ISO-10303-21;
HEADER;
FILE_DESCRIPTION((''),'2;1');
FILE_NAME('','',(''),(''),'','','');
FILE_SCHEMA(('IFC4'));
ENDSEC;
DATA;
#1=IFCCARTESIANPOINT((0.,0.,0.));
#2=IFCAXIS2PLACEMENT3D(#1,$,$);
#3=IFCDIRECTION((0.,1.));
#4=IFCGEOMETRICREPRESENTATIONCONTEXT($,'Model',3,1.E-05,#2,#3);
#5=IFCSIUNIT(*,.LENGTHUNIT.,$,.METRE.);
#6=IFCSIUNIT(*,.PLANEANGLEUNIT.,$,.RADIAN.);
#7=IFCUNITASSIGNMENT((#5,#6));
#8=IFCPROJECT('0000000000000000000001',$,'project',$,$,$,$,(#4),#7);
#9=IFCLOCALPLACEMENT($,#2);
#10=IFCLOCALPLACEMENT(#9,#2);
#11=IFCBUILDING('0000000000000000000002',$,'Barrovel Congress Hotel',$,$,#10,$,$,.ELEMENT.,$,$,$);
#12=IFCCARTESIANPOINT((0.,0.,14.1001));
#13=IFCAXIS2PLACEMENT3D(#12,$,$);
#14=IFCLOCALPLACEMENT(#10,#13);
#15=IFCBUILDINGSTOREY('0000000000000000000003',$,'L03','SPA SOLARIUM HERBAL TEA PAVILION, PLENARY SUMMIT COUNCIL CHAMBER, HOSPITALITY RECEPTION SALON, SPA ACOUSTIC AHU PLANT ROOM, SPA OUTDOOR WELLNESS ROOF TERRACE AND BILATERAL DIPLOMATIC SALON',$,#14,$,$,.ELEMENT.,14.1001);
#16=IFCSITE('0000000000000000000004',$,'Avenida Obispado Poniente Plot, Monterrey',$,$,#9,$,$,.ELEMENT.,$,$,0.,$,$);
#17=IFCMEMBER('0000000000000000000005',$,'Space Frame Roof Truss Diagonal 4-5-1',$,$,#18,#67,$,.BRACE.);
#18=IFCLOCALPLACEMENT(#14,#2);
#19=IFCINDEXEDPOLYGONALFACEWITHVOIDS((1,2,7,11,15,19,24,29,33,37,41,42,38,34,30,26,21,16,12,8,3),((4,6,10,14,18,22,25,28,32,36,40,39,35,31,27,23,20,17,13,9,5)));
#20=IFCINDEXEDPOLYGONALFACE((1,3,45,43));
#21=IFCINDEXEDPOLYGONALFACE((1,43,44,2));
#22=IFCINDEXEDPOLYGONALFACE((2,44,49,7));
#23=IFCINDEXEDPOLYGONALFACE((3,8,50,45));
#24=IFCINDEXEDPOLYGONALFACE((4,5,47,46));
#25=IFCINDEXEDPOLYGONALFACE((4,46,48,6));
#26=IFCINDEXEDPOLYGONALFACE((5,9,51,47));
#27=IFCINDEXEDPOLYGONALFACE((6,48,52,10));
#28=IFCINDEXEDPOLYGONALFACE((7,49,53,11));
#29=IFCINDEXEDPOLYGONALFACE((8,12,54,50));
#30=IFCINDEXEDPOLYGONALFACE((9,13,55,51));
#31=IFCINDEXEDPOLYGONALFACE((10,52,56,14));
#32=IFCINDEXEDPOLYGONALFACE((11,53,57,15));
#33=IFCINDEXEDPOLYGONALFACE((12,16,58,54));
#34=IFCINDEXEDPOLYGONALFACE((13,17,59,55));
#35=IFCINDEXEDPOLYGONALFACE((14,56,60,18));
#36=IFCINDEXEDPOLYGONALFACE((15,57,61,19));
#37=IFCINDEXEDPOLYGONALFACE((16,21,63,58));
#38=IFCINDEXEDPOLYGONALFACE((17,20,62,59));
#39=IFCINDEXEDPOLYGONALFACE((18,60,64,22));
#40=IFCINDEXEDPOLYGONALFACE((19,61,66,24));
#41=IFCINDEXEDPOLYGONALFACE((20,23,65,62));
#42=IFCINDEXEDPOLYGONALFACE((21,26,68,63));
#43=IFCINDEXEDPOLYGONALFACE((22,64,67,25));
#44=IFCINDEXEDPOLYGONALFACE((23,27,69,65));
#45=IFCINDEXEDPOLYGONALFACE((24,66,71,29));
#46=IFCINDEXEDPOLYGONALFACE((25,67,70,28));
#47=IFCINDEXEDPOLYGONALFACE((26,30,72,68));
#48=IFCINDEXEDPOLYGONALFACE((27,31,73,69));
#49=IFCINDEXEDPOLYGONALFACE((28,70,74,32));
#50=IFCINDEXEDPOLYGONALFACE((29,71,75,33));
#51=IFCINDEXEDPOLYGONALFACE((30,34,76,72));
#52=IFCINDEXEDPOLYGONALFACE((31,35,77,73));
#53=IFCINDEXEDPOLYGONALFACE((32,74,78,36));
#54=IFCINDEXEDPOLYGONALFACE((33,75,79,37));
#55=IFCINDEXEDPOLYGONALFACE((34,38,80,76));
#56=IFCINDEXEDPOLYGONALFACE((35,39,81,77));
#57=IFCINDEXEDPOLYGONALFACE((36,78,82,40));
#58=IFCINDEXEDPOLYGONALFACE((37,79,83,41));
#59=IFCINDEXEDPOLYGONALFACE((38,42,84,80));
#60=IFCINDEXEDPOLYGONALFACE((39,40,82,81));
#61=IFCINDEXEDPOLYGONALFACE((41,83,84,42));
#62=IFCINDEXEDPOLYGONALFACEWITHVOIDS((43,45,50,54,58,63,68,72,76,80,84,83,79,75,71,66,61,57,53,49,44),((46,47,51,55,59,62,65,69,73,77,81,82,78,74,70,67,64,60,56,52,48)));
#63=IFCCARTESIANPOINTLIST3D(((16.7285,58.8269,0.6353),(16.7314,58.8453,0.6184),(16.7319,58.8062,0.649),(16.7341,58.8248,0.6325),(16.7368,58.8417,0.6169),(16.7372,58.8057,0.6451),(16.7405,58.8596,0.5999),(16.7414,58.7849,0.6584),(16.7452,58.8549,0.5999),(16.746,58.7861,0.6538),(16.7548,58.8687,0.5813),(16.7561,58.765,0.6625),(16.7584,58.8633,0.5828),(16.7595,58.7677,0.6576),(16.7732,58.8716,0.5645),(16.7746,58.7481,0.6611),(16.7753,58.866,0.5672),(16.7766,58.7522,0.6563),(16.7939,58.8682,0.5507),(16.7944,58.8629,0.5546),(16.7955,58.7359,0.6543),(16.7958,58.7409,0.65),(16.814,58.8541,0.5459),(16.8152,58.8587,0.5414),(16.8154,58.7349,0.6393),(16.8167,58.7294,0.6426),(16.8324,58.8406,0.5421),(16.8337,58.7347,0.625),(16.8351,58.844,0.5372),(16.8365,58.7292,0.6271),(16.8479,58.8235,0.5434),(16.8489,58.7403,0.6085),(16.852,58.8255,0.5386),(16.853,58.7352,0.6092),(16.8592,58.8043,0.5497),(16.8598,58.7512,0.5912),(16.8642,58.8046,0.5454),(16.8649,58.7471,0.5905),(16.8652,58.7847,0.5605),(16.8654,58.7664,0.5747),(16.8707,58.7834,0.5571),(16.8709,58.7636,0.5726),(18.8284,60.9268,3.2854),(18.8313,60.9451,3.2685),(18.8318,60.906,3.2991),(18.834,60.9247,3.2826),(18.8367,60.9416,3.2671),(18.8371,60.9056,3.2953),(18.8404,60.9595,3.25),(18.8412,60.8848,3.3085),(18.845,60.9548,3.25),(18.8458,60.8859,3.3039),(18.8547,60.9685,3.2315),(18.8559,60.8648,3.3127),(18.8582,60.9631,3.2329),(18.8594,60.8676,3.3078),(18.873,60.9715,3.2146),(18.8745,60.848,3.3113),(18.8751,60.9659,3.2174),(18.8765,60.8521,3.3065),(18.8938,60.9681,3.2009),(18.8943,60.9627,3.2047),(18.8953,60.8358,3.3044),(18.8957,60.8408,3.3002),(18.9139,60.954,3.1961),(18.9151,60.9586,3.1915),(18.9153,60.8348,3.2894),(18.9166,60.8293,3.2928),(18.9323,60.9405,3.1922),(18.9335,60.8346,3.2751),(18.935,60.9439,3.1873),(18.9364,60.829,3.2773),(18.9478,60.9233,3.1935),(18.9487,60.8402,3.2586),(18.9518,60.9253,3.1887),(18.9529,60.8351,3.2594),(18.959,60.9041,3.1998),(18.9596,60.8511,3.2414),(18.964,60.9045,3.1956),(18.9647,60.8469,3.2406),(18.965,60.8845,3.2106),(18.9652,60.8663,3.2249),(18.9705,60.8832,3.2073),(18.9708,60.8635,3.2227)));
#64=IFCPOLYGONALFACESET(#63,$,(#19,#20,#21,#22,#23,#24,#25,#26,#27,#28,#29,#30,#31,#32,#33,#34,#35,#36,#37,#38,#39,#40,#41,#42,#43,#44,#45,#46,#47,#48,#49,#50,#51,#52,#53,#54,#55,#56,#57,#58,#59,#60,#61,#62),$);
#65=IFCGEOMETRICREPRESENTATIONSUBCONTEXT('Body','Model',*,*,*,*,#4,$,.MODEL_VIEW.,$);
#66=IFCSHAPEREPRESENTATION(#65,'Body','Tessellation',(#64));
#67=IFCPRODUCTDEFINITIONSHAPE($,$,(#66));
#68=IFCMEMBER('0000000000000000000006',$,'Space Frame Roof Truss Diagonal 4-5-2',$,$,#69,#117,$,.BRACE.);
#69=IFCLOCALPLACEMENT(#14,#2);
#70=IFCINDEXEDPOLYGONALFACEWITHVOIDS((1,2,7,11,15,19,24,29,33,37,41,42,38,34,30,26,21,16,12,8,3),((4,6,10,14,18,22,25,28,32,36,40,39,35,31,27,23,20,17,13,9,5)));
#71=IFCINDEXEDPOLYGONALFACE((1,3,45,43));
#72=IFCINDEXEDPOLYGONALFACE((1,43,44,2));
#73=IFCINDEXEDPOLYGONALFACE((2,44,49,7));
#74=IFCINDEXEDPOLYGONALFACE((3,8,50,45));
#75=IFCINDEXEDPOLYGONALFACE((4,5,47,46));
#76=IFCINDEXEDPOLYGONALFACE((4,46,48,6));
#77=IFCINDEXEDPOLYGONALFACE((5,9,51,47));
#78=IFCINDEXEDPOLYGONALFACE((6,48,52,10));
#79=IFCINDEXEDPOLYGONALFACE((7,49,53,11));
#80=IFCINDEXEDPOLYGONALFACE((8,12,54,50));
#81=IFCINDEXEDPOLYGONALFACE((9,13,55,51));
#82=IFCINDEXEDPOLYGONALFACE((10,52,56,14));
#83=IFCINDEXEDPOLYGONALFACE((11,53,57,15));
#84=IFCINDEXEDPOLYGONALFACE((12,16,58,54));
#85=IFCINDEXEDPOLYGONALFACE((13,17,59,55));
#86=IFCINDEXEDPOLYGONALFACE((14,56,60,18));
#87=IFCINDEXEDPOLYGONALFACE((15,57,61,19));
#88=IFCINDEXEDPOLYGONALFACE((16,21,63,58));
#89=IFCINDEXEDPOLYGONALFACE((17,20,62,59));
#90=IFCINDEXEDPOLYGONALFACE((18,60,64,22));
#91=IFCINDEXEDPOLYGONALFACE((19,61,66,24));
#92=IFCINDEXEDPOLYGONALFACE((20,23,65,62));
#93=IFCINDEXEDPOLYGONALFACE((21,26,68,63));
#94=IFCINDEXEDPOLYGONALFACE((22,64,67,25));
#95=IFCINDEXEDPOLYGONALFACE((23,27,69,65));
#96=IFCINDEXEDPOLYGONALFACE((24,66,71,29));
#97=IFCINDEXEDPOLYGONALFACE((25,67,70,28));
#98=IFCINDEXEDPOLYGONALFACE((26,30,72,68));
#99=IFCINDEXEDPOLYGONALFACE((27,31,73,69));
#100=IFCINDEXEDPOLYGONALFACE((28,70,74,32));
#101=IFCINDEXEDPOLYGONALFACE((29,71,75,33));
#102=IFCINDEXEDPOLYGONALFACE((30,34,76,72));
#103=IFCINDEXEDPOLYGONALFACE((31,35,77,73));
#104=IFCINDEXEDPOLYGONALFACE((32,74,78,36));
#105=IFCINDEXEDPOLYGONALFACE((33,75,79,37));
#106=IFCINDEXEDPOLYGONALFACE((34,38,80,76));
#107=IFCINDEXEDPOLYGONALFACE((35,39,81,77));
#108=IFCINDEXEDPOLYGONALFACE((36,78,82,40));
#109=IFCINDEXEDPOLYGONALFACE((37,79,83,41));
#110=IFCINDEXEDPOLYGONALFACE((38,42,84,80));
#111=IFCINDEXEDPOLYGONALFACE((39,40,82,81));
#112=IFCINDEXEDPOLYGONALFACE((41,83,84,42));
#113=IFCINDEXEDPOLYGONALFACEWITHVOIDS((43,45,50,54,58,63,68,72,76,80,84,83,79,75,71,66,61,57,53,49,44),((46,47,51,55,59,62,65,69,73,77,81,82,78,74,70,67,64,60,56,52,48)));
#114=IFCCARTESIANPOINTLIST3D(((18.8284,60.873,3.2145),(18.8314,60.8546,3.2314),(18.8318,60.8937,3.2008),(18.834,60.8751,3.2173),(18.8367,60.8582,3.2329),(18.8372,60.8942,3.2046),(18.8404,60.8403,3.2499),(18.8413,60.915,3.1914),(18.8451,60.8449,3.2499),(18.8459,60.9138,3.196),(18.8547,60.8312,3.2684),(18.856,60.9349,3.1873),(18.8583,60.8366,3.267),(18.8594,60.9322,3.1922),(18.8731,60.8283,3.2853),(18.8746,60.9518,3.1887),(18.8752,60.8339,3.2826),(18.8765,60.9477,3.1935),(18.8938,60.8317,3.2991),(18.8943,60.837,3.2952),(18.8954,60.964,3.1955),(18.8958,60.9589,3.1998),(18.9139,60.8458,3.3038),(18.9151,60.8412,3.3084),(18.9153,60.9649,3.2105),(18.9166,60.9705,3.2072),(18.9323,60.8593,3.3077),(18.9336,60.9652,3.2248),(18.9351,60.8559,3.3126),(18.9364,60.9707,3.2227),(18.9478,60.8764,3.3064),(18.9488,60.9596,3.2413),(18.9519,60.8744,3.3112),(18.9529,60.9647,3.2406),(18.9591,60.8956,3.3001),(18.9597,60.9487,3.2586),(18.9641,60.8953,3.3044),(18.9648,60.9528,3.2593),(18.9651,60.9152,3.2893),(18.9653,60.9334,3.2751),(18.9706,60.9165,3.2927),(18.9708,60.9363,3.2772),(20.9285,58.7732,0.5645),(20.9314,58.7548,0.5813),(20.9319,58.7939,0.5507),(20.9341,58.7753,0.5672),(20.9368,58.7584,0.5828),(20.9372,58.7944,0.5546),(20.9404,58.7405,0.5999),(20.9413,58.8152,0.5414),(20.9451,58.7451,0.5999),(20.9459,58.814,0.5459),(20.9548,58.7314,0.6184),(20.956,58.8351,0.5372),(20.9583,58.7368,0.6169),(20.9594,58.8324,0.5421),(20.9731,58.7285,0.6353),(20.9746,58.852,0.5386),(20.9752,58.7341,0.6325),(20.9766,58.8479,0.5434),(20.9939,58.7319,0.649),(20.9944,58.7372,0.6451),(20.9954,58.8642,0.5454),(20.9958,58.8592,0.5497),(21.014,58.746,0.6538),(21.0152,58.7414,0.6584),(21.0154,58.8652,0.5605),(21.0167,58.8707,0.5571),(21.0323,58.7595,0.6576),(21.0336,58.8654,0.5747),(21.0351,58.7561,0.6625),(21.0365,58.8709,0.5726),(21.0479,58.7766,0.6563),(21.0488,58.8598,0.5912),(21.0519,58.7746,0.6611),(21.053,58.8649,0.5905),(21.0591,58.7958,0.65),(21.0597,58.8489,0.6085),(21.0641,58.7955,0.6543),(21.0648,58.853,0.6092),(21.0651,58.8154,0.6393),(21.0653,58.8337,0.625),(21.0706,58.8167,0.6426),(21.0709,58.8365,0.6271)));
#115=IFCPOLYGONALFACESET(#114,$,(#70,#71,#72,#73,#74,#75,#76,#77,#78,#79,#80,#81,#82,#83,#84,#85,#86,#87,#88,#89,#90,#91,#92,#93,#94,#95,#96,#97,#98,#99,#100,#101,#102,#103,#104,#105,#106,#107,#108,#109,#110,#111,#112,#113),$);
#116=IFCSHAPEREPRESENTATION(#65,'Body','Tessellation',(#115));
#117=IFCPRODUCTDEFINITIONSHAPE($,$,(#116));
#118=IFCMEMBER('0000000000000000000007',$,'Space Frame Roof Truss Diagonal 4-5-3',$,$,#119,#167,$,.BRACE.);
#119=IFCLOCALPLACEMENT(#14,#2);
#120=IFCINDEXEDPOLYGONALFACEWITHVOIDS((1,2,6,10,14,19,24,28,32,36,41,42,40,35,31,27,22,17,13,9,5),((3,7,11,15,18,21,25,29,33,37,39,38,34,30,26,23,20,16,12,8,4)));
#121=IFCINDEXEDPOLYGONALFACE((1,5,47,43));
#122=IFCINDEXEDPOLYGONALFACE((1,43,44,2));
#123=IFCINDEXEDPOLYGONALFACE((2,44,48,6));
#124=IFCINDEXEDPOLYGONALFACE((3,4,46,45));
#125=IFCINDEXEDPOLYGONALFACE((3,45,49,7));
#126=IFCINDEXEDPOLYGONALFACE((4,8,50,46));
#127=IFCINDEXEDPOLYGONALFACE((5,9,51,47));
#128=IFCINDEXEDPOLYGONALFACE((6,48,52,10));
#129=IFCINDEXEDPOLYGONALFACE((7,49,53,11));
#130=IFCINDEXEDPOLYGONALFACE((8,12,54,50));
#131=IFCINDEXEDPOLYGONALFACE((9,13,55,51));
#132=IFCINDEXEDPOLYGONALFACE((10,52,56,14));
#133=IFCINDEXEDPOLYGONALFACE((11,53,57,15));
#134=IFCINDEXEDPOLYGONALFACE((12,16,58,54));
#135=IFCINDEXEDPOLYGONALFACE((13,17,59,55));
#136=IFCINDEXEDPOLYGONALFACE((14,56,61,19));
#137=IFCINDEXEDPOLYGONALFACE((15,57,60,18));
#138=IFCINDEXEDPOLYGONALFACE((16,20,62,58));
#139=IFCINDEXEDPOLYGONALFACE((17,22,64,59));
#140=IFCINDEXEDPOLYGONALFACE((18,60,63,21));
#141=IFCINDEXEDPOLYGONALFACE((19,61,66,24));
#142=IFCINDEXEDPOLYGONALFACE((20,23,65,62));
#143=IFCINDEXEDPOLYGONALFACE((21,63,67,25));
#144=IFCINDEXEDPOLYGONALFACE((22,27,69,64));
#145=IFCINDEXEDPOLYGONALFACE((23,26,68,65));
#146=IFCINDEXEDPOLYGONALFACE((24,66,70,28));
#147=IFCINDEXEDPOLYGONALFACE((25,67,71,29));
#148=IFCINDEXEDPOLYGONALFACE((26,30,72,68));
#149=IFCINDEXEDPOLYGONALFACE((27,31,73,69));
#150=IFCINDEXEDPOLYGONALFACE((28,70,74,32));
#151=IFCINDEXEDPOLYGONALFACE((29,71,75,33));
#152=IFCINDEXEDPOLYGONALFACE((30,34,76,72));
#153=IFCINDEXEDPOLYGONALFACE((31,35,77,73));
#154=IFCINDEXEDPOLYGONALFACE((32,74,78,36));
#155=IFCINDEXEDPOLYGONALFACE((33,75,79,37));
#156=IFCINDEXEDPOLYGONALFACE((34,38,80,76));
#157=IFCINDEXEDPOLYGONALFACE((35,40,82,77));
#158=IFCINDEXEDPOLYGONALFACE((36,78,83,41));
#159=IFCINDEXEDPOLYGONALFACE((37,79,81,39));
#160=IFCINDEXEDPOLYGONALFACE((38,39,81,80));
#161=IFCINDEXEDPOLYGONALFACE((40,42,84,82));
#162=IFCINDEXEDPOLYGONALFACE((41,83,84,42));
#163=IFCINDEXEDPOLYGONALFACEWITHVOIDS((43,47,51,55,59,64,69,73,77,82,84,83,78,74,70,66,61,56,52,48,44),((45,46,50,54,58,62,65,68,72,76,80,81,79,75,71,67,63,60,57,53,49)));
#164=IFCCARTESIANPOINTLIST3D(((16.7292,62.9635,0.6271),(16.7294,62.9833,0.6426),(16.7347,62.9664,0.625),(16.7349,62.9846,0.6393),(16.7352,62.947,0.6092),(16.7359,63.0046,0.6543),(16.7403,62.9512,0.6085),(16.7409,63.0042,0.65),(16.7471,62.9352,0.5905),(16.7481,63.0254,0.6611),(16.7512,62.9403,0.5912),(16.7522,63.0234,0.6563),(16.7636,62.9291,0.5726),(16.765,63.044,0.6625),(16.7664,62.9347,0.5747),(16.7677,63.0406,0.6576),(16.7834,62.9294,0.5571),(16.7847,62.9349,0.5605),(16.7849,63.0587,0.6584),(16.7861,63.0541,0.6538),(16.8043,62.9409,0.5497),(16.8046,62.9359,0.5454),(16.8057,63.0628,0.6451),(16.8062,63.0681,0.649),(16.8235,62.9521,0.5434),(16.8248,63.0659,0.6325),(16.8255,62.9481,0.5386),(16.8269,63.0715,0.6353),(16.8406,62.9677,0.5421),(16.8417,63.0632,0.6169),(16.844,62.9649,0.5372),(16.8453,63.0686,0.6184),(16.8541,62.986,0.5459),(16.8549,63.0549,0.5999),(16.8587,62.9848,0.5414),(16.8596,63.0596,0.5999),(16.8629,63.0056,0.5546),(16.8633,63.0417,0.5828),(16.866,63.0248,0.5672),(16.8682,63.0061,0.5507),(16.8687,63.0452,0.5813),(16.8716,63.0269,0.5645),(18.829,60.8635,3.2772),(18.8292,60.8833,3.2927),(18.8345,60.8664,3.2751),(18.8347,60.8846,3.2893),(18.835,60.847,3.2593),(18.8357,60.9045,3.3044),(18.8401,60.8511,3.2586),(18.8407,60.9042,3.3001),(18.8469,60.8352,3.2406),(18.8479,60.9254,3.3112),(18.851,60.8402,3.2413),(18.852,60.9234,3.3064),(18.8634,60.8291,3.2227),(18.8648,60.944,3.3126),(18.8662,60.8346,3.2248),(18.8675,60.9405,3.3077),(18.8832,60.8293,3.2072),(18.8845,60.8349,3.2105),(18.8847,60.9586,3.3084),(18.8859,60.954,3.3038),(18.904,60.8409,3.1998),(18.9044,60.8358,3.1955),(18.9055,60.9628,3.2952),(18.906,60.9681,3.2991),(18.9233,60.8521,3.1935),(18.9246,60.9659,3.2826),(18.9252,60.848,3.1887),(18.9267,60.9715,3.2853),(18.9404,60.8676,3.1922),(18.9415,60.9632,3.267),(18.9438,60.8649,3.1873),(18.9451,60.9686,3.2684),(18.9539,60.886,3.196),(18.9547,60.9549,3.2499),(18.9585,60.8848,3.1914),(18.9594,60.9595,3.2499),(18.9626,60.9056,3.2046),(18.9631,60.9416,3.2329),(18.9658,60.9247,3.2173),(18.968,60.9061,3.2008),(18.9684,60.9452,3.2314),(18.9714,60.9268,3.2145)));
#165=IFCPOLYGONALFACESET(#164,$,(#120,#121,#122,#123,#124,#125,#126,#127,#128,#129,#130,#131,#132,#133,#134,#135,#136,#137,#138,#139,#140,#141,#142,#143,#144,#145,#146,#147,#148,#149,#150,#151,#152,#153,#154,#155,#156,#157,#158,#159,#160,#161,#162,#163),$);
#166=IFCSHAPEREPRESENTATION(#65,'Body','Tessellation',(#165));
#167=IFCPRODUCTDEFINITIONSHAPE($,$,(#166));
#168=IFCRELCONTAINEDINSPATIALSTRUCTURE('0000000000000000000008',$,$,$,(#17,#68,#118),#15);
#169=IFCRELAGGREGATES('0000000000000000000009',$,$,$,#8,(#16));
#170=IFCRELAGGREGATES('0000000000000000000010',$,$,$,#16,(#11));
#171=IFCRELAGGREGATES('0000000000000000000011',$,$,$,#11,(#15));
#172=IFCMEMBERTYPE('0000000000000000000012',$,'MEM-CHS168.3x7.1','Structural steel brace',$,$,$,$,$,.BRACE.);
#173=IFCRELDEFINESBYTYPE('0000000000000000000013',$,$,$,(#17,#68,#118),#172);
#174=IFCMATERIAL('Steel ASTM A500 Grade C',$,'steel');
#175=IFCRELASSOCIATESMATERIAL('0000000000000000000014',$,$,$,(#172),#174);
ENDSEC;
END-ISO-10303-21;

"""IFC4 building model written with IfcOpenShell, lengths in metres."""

from ifc_helpers import new_model, si_unit, direction, frame, origin, origin_2d, place, context, subcontext, project, spatial, hollow_circle, extrude, material, material_profile, profile_set, type_object, element, save


model = new_model("IFC4")

# Units and contexts
model_context = context("Model", 3, precision=1e-05, world=origin(), true_north=direction((0.0, 1.0)))
body_context = subcontext(model_context, "Body", "Model", "MODEL_VIEW")
ifc_project = project(units=[si_unit("LENGTHUNIT", "METRE"), si_unit("PLANEANGLEUNIT", "RADIAN")], contexts=[model_context])

# Site, building, storey
site_placement = place(None, origin())
site = spatial("IfcSite", under=ifc_project, at=site_placement, Name="Avenida Obispado Poniente Plot, Monterrey", CompositionType="ELEMENT", RefElevation=0.0)
building_placement = place(site_placement, origin())
building = spatial("IfcBuilding", under=site, at=building_placement, Name="Barrovel Congress Hotel", CompositionType="ELEMENT")
storey_placement = place(building_placement, frame((0.0, 0.0, 14.1001)))
storey = spatial("IfcBuildingStorey", under=building, at=storey_placement, Name="L03", Description="SPA SOLARIUM HERBAL TEA PAVILION, PLENARY SUMMIT COUNCIL CHAMBER, HOSPITALITY RECEPTION SALON, SPA ACOUSTIC AHU PLANT ROOM, SPA OUTDOOR WELLNESS ROOF TERRACE AND BILATERAL DIPLOMATIC SALON", CompositionType="ELEMENT", Elevation=14.1001)

# Members
ifc_material_1 = material(Name="Steel ASTM A500 Grade C", Category="steel")
ifc_material_profile_1 = material_profile(ifc_material_1, hollow_circle(Radius=0.0842, WallThickness=0.0066, at=origin_2d()), Name="CHS168.3x7.1")
ifc_profile_set_1 = profile_set([ifc_material_profile_1], Name="Steel ASTM A500 Grade C")
member_type_1 = type_object("IfcMemberType", Name="MEM-CHS168.3x7.1", Description="Structural steel brace", PredefinedType="BRACE", material=ifc_profile_set_1)
for number, where, z_axis, x_axis, name in (
    (1, (16.8, 58.8, 0.5999), (0.527574, 0.527574, 0.665831), (-0.707107, 0.707107, 0.0), "Space Frame Roof Truss Diagonal 4-5-1"),
    (2, (21.0, 58.8, 0.5999), (-0.527618, 0.527557, 0.66581), (-0.707066, -0.707148, 0.0), "Space Frame Roof Truss Diagonal 4-5-2"),
    (3, (16.8, 63.0, 0.5999), (0.527557, -0.527618, 0.66581), (0.707148, 0.707066, 0.0), "Space Frame Roof Truss Diagonal 4-5-3"),
):
    element("IfcMember", number, at=place(storey_placement, frame(where, z_axis=z_axis, x_axis=x_axis)), inside=storey, type_object=member_type_1, Name=name, PredefinedType="BRACE", context=body_context, shape_type="SweptSolid", body=[
        extrude(hollow_circle(Radius=0.0842, WallThickness=0.0066, at=origin_2d()), origin(), (0.0, 0.0, 1.0), 3.9802),
    ])

save(model, "model.ifc")
